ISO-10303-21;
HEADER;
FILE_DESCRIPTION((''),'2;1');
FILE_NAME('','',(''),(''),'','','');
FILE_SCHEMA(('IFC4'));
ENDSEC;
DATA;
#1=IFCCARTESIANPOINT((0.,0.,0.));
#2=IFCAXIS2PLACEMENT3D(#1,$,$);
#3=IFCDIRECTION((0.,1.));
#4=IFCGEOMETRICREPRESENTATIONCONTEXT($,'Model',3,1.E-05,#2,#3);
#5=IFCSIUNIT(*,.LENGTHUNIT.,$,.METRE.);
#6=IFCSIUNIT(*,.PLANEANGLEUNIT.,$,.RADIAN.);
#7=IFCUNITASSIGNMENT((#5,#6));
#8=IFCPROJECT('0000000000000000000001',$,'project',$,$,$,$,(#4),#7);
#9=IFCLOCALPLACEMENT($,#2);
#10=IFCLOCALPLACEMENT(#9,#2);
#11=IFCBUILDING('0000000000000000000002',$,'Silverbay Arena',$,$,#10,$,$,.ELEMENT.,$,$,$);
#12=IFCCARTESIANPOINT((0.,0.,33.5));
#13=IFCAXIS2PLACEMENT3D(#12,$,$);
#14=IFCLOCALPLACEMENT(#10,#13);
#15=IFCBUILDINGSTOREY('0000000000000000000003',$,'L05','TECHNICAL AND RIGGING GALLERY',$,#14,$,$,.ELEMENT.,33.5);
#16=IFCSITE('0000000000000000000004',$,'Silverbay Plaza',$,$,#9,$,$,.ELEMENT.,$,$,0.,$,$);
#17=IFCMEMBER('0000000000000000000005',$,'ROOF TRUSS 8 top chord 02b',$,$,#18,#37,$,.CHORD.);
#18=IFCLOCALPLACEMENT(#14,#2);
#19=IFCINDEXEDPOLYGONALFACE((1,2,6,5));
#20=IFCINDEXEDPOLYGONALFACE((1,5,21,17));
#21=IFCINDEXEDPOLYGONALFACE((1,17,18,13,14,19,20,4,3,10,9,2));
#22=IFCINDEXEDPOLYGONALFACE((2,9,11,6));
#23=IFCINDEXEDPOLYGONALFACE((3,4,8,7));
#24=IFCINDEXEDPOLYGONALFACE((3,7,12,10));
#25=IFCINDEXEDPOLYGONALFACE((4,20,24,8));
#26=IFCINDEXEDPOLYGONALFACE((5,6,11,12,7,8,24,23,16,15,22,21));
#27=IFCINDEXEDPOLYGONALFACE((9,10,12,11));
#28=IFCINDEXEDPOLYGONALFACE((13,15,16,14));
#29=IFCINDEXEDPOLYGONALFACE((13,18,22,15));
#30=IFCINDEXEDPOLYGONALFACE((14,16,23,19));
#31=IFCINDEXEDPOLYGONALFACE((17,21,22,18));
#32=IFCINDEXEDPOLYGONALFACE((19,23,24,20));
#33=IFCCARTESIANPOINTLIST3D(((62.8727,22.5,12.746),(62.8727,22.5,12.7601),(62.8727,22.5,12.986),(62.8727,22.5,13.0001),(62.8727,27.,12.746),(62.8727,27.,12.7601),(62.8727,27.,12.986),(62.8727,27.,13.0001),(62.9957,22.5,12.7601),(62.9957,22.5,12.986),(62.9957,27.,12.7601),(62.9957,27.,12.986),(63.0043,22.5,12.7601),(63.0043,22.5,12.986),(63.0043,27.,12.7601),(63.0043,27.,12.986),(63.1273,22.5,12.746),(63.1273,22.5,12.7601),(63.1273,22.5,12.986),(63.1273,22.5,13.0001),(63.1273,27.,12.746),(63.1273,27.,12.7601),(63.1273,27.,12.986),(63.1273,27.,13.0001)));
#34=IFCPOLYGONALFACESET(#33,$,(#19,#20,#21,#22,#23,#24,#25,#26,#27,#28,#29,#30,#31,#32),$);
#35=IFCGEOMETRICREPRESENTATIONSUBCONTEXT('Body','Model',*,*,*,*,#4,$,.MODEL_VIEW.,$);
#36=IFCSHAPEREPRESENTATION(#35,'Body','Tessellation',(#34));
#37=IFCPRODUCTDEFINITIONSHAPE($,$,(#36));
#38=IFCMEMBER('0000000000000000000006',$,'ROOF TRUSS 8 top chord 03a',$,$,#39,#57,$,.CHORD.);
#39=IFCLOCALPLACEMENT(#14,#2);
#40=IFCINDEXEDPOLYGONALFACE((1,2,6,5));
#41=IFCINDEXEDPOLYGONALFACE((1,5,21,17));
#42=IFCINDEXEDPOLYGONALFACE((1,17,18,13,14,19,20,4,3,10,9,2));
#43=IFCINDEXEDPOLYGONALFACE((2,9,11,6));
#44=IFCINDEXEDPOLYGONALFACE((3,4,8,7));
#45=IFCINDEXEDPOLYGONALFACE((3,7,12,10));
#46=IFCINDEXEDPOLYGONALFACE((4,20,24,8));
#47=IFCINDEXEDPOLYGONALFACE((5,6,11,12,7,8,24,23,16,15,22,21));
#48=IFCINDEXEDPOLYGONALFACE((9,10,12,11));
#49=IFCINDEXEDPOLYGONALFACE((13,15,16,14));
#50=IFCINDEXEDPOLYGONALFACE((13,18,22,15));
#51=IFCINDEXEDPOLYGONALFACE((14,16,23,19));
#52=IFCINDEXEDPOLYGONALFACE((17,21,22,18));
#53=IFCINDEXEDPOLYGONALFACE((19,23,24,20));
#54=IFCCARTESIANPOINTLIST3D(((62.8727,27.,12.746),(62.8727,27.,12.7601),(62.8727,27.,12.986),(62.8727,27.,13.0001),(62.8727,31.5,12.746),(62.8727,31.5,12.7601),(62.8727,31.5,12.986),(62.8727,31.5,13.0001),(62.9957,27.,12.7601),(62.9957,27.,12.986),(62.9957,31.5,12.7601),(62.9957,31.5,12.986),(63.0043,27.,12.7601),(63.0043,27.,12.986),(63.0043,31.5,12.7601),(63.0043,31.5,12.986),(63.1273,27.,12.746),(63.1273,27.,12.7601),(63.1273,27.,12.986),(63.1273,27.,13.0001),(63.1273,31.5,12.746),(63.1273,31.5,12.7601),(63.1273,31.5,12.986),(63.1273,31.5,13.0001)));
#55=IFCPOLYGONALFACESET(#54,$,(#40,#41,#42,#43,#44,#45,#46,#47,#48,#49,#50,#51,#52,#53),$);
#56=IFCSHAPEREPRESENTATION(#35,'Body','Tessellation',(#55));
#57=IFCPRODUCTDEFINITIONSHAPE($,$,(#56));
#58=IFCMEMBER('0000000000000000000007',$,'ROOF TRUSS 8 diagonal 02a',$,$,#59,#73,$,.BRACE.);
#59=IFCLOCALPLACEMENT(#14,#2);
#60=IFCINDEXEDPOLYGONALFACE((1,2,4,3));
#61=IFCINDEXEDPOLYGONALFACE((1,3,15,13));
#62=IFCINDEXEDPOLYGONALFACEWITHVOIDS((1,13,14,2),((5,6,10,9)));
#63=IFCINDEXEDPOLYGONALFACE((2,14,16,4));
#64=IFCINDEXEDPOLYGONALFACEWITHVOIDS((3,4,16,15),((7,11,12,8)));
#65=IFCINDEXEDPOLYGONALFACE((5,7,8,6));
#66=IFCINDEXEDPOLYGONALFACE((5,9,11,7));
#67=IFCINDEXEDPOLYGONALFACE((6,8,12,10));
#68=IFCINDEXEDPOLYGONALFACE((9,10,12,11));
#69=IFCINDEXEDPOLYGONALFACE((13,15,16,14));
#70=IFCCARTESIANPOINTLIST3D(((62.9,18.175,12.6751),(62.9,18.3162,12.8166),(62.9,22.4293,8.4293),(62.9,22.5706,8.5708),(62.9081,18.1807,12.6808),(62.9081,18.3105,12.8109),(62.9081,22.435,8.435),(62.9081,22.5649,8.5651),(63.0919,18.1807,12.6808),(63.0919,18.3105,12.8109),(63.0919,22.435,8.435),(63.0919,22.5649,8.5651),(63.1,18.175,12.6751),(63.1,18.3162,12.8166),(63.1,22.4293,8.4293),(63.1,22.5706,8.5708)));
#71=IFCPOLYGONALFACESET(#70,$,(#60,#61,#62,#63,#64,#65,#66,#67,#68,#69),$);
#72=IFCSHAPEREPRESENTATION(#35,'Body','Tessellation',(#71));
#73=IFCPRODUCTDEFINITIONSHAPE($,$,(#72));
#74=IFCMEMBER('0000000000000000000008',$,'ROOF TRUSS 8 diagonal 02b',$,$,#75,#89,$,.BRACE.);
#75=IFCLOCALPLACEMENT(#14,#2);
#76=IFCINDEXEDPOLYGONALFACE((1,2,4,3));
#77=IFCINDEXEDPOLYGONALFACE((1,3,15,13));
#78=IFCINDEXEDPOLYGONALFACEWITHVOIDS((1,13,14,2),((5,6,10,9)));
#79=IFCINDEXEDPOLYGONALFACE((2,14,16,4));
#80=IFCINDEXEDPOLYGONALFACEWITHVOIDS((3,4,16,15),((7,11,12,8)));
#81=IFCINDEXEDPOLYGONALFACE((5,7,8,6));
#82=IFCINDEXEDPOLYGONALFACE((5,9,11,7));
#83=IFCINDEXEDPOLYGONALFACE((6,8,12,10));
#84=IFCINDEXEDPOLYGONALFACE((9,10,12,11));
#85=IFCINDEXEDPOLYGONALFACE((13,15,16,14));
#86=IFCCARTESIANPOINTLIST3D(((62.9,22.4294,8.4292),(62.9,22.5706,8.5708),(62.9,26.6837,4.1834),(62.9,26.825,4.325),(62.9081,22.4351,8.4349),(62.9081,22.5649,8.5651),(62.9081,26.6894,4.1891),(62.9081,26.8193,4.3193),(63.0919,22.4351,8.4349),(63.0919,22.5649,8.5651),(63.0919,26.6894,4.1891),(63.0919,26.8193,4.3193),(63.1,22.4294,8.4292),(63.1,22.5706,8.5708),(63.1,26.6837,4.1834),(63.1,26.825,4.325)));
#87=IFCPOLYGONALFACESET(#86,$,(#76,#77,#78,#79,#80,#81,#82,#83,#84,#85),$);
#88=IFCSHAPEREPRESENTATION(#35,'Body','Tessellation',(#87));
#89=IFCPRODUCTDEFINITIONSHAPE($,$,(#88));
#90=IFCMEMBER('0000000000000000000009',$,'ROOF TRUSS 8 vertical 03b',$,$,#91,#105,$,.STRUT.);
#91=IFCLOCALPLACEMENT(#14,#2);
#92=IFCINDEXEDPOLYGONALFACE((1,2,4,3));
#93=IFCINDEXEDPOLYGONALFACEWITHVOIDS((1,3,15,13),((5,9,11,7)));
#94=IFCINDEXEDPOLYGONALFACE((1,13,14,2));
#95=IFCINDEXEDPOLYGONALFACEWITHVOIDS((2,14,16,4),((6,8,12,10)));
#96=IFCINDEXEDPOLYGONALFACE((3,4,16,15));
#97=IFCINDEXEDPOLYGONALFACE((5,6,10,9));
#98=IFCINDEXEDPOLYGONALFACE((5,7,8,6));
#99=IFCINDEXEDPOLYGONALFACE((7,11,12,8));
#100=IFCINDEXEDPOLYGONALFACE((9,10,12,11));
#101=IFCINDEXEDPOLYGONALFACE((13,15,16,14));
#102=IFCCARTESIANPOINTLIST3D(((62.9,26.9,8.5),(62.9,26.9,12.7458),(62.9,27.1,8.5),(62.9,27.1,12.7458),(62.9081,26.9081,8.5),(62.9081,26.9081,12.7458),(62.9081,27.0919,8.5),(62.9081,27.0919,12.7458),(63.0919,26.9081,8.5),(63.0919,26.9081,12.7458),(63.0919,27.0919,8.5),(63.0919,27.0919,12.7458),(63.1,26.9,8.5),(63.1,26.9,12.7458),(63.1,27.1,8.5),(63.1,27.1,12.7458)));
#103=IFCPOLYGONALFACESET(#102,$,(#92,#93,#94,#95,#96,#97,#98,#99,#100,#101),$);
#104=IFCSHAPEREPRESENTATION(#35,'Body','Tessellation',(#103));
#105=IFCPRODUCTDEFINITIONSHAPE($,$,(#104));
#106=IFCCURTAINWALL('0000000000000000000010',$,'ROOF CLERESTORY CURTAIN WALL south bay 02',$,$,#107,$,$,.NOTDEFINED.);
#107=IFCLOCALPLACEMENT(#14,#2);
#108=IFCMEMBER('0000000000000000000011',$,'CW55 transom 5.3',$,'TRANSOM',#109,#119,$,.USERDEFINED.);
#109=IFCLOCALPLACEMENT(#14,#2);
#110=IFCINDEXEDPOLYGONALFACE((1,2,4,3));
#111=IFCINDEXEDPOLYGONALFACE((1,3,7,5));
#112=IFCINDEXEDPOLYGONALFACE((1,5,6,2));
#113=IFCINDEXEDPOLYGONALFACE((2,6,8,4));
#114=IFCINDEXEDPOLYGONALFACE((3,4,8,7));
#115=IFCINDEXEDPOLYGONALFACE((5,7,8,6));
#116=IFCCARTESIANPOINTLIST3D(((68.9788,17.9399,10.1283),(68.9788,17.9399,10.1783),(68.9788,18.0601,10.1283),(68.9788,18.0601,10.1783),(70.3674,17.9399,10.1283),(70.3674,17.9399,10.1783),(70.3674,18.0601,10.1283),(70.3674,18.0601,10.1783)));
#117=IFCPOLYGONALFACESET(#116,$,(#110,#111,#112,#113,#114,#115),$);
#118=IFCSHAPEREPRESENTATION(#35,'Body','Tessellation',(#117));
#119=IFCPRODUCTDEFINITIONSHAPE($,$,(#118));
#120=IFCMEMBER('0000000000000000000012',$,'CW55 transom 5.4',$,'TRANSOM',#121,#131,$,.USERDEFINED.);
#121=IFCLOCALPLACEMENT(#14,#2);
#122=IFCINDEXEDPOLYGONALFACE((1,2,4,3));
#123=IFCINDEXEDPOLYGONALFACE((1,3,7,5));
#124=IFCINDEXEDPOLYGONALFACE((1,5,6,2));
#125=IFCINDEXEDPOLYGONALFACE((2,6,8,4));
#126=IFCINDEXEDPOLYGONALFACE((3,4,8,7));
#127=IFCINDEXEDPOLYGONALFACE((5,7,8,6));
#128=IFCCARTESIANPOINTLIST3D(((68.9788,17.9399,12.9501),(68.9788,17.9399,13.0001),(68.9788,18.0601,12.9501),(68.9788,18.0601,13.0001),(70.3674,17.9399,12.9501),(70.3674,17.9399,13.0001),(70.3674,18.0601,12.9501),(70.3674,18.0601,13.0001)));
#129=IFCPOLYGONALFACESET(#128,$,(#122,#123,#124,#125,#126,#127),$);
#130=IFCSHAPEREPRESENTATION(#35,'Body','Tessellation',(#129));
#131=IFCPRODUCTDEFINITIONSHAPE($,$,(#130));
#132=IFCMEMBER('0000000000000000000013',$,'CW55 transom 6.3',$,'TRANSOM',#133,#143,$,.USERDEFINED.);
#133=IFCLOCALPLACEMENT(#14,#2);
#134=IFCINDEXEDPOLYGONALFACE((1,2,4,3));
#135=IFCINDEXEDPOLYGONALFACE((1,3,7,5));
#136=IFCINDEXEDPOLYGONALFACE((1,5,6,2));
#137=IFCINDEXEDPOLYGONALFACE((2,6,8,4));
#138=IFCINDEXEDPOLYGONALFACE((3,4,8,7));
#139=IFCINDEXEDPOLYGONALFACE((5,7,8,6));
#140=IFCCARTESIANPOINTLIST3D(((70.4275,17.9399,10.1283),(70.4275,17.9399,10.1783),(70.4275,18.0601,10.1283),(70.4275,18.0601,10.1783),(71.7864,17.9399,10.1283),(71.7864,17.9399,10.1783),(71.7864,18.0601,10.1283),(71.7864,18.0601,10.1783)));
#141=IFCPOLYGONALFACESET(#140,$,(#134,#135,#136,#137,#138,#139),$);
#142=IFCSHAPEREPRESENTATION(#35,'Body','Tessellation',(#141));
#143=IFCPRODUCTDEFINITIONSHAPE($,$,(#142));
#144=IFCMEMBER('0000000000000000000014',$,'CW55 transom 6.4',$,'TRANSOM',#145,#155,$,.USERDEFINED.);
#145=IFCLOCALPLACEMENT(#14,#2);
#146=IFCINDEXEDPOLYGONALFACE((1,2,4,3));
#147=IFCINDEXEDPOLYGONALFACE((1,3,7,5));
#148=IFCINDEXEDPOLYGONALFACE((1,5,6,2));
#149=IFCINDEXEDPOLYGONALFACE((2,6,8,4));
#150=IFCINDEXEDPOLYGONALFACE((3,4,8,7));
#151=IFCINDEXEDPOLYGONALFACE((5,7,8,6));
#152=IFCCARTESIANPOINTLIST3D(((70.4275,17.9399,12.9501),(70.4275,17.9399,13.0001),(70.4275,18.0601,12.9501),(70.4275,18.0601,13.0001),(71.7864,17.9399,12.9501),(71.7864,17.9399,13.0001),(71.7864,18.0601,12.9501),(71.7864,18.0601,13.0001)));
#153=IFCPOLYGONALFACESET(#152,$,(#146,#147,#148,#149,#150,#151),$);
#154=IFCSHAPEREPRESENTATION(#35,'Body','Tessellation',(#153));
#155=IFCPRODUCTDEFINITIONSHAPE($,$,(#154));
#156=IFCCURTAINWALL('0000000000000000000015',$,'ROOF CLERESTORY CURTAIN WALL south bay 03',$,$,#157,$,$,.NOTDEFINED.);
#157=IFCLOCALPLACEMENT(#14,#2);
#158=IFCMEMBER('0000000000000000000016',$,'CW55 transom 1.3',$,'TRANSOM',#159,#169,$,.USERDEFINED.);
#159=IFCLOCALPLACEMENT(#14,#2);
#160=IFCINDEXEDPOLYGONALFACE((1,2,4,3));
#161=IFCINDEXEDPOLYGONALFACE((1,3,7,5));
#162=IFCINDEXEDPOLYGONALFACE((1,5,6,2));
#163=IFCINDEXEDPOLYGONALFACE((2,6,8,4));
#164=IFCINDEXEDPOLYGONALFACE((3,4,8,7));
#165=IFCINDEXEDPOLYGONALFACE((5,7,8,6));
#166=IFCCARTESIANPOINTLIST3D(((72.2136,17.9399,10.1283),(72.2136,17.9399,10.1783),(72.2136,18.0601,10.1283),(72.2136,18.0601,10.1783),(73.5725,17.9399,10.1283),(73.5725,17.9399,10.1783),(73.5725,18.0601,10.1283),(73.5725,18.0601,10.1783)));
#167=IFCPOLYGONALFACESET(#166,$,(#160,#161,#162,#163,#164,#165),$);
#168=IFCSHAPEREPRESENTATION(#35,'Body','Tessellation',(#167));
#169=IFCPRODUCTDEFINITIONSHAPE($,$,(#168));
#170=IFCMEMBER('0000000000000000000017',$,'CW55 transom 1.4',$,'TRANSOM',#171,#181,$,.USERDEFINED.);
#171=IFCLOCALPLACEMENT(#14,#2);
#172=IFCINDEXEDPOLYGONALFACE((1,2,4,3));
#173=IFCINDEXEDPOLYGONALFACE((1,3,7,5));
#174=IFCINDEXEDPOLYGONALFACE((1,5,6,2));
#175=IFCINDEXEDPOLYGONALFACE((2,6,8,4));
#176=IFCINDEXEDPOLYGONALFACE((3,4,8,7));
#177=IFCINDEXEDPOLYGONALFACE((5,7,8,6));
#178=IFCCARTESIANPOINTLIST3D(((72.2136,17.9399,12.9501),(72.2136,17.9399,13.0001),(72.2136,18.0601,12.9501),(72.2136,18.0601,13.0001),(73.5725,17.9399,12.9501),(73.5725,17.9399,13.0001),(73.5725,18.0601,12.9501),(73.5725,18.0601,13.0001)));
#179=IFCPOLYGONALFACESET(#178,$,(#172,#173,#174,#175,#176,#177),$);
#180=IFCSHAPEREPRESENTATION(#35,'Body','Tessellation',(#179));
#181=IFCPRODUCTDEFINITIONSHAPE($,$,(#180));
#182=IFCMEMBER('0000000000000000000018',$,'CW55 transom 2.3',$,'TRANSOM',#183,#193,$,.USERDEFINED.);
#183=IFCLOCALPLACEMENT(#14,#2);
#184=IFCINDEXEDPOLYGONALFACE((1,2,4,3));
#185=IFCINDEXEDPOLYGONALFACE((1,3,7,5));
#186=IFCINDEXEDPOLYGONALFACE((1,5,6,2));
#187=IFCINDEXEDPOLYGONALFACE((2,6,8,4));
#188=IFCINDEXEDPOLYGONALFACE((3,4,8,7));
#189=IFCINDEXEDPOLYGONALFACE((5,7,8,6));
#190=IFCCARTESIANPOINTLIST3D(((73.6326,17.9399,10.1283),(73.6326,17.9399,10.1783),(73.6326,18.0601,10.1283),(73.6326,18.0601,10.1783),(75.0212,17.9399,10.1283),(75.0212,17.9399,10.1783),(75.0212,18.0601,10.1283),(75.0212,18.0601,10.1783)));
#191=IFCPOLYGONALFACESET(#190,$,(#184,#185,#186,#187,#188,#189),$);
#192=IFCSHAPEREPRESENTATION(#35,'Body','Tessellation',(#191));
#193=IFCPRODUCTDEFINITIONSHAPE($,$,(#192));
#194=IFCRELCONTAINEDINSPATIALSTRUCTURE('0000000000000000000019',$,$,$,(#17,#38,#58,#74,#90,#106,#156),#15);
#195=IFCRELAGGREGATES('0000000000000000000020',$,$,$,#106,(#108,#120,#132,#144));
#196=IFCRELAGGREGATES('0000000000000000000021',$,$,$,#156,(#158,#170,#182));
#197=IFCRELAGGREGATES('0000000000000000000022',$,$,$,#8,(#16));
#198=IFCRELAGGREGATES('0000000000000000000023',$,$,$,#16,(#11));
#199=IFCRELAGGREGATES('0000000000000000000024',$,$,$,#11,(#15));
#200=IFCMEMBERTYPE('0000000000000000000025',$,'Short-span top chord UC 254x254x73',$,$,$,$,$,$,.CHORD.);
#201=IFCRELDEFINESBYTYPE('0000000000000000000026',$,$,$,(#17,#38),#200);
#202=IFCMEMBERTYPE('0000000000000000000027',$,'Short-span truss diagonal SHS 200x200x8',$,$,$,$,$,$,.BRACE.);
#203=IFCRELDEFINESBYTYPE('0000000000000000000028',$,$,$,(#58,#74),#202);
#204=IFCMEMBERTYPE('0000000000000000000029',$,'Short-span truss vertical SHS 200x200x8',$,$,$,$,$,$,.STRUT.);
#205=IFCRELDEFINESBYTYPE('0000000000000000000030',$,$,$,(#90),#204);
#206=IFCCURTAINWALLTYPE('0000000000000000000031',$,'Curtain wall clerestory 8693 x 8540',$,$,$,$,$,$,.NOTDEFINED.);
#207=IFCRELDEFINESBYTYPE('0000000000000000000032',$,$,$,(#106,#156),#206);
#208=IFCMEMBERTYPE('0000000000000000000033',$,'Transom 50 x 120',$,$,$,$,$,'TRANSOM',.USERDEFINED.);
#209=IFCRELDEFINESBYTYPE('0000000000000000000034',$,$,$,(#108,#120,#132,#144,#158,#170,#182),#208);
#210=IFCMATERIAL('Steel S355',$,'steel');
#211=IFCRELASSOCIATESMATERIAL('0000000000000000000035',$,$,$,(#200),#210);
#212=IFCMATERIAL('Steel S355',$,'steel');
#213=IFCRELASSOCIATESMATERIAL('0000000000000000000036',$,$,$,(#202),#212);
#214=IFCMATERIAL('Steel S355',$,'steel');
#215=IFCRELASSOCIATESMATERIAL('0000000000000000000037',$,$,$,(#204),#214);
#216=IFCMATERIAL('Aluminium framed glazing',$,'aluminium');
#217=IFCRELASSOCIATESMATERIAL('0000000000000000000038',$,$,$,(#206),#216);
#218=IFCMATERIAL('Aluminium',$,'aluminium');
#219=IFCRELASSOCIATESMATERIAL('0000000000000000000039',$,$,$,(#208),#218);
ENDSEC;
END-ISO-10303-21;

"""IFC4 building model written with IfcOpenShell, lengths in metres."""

from ifc_helpers import new_model, si_unit, direction, frame, origin, origin_2d, place, context, subcontext, project, spatial, rectangle, hollow_rectangle, i_section, extrude, material, material_profile, profile_set, type_object, element, aggregate, save


model = new_model("IFC4")

# Units and contexts
model_context = context("Model", 3, precision=1e-05, world=origin(), true_north=direction((0.0, 1.0)))
body_context = subcontext(model_context, "Body", "Model", "MODEL_VIEW")
ifc_project = project(units=[si_unit("LENGTHUNIT", "METRE"), si_unit("PLANEANGLEUNIT", "RADIAN")], contexts=[model_context])

# Site, building, storey
site_placement = place(None, origin())
site = spatial("IfcSite", under=ifc_project, at=site_placement, Name="Silverbay Plaza", CompositionType="ELEMENT", RefElevation=0.0)
building_placement = place(site_placement, origin())
building = spatial("IfcBuilding", under=site, at=building_placement, Name="Silverbay Arena", CompositionType="ELEMENT")
storey_placement = place(building_placement, frame((0.0, 0.0, 33.5)))
storey = spatial("IfcBuildingStorey", under=building, at=storey_placement, Name="L05", Description="TECHNICAL AND RIGGING GALLERY", CompositionType="ELEMENT", Elevation=33.5)

# Members
ifc_material_1 = material(Name="Steel S355", Category="steel")
ifc_material_profile_1 = material_profile(ifc_material_1, i_section(OverallWidth=0.2546, OverallDepth=0.2542, WebThickness=0.0085, FlangeThickness=0.0142, at=origin_2d()), Name="UC 254x254x73")
ifc_profile_set_1 = profile_set([ifc_material_profile_1], Name="Steel S355")
member_type_1 = type_object("IfcMemberType", Name="Short-span top chord UC 254x254x73", PredefinedType="CHORD", material=ifc_profile_set_1)
for number, where, z_axis, x_axis, name in (
    (1, (63.0, 22.5, 12.873), (0.0, 1.0, 0.0), (-1.0, 0.0, 0.0), "ROOF TRUSS 8 top chord 02b"),
    (2, (63.0, 27.0, 12.873), (0.0, 1.0, 0.0), (-1.0, 0.0, 0.0), "ROOF TRUSS 8 top chord 03a"),
):
    element("IfcMember", number, at=place(storey_placement, frame(where, z_axis=z_axis, x_axis=x_axis)), inside=storey, type_object=member_type_1, Name=name, PredefinedType="CHORD", context=body_context, shape_type="SweptSolid", body=[
        extrude(i_section(OverallWidth=0.2546, OverallDepth=0.2542, WebThickness=0.0085, FlangeThickness=0.0142, at=origin_2d()), origin(), (0.0, 0.0, 1.0), 4.5),
    ])
ifc_material_2 = material(Name="Steel S355", Category="steel")
ifc_material_profile_2 = material_profile(ifc_material_2, hollow_rectangle(XDim=0.2, YDim=0.2, WallThickness=0.0081, at=origin_2d()), Name="SHS 200x200x8")
ifc_profile_set_2 = profile_set([ifc_material_profile_2], Name="Steel S355")
member_type_2 = type_object("IfcMemberType", Name="Short-span truss diagonal SHS 200x200x8", PredefinedType="BRACE", material=ifc_profile_set_2)
for number, where, z_axis, x_axis, name in (
    (3, (63.0, 18.2456, 12.7458), (0.0, 0.707817, -0.706396), (-1.0, 0.0, 0.0), "ROOF TRUSS 8 diagonal 02a"),
    (4, (63.0, 22.5, 8.5), (0.0, 0.707817, -0.706396), (-1.0, 0.0, 0.0), "ROOF TRUSS 8 diagonal 02b"),
):
    element("IfcMember", number, at=place(storey_placement, frame(where, z_axis=z_axis, x_axis=x_axis)), inside=storey, type_object=member_type_2, Name=name, PredefinedType="BRACE", context=body_context, shape_type="SweptSolid", body=[
        extrude(hollow_rectangle(XDim=0.2, YDim=0.2, WallThickness=0.0081, at=origin_2d()), origin(), (0.0, 0.0, 1.0), 6.0105),
    ])
ifc_material_3 = material(Name="Steel S355", Category="steel")
ifc_material_profile_3 = material_profile(ifc_material_3, hollow_rectangle(XDim=0.2, YDim=0.2, WallThickness=0.0081, at=origin_2d()), Name="SHS 200x200x8")
ifc_profile_set_3 = profile_set([ifc_material_profile_3], Name="Steel S355")
member_type_3 = type_object("IfcMemberType", Name="Short-span truss vertical SHS 200x200x8", PredefinedType="STRUT", material=ifc_profile_set_3)
member_1_placement = place(storey_placement, frame((63.0, 27.0, 8.5), z_axis=(0.0, 0.0, 1.0), x_axis=(1.0, 0.0, 0.0)))
element("IfcMember", 5, at=member_1_placement, inside=storey, type_object=member_type_3, Name="ROOF TRUSS 8 vertical 03b", PredefinedType="STRUT", context=body_context, shape_type="SweptSolid", body=[
    extrude(hollow_rectangle(XDim=0.2, YDim=0.2, WallThickness=0.0081, at=origin_2d()), origin(), (0.0, 0.0, 1.0), 4.2458),
])

# Curtain walls, members
ifc_material_4 = material(Name="Aluminium framed glazing", Category="aluminium")
curtain_wall_type = type_object("IfcCurtainWallType", Name="Curtain wall clerestory 8693 x 8540", PredefinedType="NOTDEFINED", material=ifc_material_4)
curtain_wall_1_placement = place(storey_placement, origin())
curtain_wall_1 = element("IfcCurtainWall", 6, at=curtain_wall_1_placement, inside=storey, type_object=curtain_wall_type, Name="ROOF CLERESTORY CURTAIN WALL south bay 02", PredefinedType="NOTDEFINED")
ifc_material_5 = material(Name="Aluminium", Category="aluminium")
ifc_material_profile_4 = material_profile(ifc_material_5, rectangle(XDim=0.1201, YDim=0.05, at=origin_2d()), Name="Transom 50 x 120")
ifc_profile_set_4 = profile_set([ifc_material_profile_4], Name="Aluminium")
member_type_4 = type_object("IfcMemberType", Name="Transom 50 x 120", ElementType="TRANSOM", PredefinedType="USERDEFINED", material=ifc_profile_set_4)
member_2_placement = place(storey_placement, frame((68.9788, 18.0, 10.1533), z_axis=(1.0, 0.0, 0.0), x_axis=(0.0, 1.0, 0.0)))
member_2 = element("IfcMember", 7, at=member_2_placement, type_object=member_type_4, Name="CW55 transom 5.3", ObjectType="TRANSOM", PredefinedType="USERDEFINED", context=body_context, shape_type="SweptSolid", body=[
    extrude(rectangle(XDim=0.1201, YDim=0.05, at=origin_2d()), origin(), (0.0, 0.0, 1.0), 1.3887),
])
member_3_placement = place(storey_placement, frame((68.9788, 18.0, 12.9751), z_axis=(1.0, 0.0, 0.0), x_axis=(0.0, 1.0, 0.0)))
member_3 = element("IfcMember", 8, at=member_3_placement, type_object=member_type_4, Name="CW55 transom 5.4", ObjectType="TRANSOM", PredefinedType="USERDEFINED", context=body_context, shape_type="SweptSolid", body=[
    extrude(rectangle(XDim=0.1201, YDim=0.05, at=origin_2d()), origin(), (0.0, 0.0, 1.0), 1.3887),
])
member_4_placement = place(storey_placement, frame((70.4275, 18.0, 10.1533), z_axis=(1.0, 0.0, 0.0), x_axis=(0.0, 1.0, 0.0)))
member_4 = element("IfcMember", 9, at=member_4_placement, type_object=member_type_4, Name="CW55 transom 6.3", ObjectType="TRANSOM", PredefinedType="USERDEFINED", context=body_context, shape_type="SweptSolid", body=[
    extrude(rectangle(XDim=0.1201, YDim=0.05, at=origin_2d()), origin(), (0.0, 0.0, 1.0), 1.3589),
])
member_5_placement = place(storey_placement, frame((70.4275, 18.0, 12.9751), z_axis=(1.0, 0.0, 0.0), x_axis=(0.0, 1.0, 0.0)))
member_5 = element("IfcMember", 10, at=member_5_placement, type_object=member_type_4, Name="CW55 transom 6.4", ObjectType="TRANSOM", PredefinedType="USERDEFINED", context=body_context, shape_type="SweptSolid", body=[
    extrude(rectangle(XDim=0.1201, YDim=0.05, at=origin_2d()), origin(), (0.0, 0.0, 1.0), 1.3589),
])
curtain_wall_2_placement = place(storey_placement, origin())
curtain_wall_2 = element("IfcCurtainWall", 11, at=curtain_wall_2_placement, inside=storey, type_object=curtain_wall_type, Name="ROOF CLERESTORY CURTAIN WALL south bay 03", PredefinedType="NOTDEFINED")
member_6_placement = place(storey_placement, frame((72.2136, 18.0, 10.1533), z_axis=(1.0, 0.0, 0.0), x_axis=(0.0, 1.0, 0.0)))
member_6 = element("IfcMember", 12, at=member_6_placement, type_object=member_type_4, Name="CW55 transom 1.3", ObjectType="TRANSOM", PredefinedType="USERDEFINED", context=body_context, shape_type="SweptSolid", body=[
    extrude(rectangle(XDim=0.1201, YDim=0.05, at=origin_2d()), origin(), (0.0, 0.0, 1.0), 1.3589),
])
member_7_placement = place(storey_placement, frame((72.2136, 18.0, 12.9751), z_axis=(1.0, 0.0, 0.0), x_axis=(0.0, 1.0, 0.0)))
member_7 = element("IfcMember", 13, at=member_7_placement, type_object=member_type_4, Name="CW55 transom 1.4", ObjectType="TRANSOM", PredefinedType="USERDEFINED", context=body_context, shape_type="SweptSolid", body=[
    extrude(rectangle(XDim=0.1201, YDim=0.05, at=origin_2d()), origin(), (0.0, 0.0, 1.0), 1.3589),
])
member_8_placement = place(storey_placement, frame((73.6326, 18.0, 10.1533), z_axis=(1.0, 0.0, 0.0), x_axis=(0.0, 1.0, 0.0)))
member_8 = element("IfcMember", 14, at=member_8_placement, type_object=member_type_4, Name="CW55 transom 2.3", ObjectType="TRANSOM", PredefinedType="USERDEFINED", context=body_context, shape_type="SweptSolid", body=[
    extrude(rectangle(XDim=0.1201, YDim=0.05, at=origin_2d()), origin(), (0.0, 0.0, 1.0), 1.3887),
])

aggregate(curtain_wall_1, [member_2, member_3, member_4, member_5])
aggregate(curtain_wall_2, [member_6, member_7, member_8])

save(model, "model.ifc")
